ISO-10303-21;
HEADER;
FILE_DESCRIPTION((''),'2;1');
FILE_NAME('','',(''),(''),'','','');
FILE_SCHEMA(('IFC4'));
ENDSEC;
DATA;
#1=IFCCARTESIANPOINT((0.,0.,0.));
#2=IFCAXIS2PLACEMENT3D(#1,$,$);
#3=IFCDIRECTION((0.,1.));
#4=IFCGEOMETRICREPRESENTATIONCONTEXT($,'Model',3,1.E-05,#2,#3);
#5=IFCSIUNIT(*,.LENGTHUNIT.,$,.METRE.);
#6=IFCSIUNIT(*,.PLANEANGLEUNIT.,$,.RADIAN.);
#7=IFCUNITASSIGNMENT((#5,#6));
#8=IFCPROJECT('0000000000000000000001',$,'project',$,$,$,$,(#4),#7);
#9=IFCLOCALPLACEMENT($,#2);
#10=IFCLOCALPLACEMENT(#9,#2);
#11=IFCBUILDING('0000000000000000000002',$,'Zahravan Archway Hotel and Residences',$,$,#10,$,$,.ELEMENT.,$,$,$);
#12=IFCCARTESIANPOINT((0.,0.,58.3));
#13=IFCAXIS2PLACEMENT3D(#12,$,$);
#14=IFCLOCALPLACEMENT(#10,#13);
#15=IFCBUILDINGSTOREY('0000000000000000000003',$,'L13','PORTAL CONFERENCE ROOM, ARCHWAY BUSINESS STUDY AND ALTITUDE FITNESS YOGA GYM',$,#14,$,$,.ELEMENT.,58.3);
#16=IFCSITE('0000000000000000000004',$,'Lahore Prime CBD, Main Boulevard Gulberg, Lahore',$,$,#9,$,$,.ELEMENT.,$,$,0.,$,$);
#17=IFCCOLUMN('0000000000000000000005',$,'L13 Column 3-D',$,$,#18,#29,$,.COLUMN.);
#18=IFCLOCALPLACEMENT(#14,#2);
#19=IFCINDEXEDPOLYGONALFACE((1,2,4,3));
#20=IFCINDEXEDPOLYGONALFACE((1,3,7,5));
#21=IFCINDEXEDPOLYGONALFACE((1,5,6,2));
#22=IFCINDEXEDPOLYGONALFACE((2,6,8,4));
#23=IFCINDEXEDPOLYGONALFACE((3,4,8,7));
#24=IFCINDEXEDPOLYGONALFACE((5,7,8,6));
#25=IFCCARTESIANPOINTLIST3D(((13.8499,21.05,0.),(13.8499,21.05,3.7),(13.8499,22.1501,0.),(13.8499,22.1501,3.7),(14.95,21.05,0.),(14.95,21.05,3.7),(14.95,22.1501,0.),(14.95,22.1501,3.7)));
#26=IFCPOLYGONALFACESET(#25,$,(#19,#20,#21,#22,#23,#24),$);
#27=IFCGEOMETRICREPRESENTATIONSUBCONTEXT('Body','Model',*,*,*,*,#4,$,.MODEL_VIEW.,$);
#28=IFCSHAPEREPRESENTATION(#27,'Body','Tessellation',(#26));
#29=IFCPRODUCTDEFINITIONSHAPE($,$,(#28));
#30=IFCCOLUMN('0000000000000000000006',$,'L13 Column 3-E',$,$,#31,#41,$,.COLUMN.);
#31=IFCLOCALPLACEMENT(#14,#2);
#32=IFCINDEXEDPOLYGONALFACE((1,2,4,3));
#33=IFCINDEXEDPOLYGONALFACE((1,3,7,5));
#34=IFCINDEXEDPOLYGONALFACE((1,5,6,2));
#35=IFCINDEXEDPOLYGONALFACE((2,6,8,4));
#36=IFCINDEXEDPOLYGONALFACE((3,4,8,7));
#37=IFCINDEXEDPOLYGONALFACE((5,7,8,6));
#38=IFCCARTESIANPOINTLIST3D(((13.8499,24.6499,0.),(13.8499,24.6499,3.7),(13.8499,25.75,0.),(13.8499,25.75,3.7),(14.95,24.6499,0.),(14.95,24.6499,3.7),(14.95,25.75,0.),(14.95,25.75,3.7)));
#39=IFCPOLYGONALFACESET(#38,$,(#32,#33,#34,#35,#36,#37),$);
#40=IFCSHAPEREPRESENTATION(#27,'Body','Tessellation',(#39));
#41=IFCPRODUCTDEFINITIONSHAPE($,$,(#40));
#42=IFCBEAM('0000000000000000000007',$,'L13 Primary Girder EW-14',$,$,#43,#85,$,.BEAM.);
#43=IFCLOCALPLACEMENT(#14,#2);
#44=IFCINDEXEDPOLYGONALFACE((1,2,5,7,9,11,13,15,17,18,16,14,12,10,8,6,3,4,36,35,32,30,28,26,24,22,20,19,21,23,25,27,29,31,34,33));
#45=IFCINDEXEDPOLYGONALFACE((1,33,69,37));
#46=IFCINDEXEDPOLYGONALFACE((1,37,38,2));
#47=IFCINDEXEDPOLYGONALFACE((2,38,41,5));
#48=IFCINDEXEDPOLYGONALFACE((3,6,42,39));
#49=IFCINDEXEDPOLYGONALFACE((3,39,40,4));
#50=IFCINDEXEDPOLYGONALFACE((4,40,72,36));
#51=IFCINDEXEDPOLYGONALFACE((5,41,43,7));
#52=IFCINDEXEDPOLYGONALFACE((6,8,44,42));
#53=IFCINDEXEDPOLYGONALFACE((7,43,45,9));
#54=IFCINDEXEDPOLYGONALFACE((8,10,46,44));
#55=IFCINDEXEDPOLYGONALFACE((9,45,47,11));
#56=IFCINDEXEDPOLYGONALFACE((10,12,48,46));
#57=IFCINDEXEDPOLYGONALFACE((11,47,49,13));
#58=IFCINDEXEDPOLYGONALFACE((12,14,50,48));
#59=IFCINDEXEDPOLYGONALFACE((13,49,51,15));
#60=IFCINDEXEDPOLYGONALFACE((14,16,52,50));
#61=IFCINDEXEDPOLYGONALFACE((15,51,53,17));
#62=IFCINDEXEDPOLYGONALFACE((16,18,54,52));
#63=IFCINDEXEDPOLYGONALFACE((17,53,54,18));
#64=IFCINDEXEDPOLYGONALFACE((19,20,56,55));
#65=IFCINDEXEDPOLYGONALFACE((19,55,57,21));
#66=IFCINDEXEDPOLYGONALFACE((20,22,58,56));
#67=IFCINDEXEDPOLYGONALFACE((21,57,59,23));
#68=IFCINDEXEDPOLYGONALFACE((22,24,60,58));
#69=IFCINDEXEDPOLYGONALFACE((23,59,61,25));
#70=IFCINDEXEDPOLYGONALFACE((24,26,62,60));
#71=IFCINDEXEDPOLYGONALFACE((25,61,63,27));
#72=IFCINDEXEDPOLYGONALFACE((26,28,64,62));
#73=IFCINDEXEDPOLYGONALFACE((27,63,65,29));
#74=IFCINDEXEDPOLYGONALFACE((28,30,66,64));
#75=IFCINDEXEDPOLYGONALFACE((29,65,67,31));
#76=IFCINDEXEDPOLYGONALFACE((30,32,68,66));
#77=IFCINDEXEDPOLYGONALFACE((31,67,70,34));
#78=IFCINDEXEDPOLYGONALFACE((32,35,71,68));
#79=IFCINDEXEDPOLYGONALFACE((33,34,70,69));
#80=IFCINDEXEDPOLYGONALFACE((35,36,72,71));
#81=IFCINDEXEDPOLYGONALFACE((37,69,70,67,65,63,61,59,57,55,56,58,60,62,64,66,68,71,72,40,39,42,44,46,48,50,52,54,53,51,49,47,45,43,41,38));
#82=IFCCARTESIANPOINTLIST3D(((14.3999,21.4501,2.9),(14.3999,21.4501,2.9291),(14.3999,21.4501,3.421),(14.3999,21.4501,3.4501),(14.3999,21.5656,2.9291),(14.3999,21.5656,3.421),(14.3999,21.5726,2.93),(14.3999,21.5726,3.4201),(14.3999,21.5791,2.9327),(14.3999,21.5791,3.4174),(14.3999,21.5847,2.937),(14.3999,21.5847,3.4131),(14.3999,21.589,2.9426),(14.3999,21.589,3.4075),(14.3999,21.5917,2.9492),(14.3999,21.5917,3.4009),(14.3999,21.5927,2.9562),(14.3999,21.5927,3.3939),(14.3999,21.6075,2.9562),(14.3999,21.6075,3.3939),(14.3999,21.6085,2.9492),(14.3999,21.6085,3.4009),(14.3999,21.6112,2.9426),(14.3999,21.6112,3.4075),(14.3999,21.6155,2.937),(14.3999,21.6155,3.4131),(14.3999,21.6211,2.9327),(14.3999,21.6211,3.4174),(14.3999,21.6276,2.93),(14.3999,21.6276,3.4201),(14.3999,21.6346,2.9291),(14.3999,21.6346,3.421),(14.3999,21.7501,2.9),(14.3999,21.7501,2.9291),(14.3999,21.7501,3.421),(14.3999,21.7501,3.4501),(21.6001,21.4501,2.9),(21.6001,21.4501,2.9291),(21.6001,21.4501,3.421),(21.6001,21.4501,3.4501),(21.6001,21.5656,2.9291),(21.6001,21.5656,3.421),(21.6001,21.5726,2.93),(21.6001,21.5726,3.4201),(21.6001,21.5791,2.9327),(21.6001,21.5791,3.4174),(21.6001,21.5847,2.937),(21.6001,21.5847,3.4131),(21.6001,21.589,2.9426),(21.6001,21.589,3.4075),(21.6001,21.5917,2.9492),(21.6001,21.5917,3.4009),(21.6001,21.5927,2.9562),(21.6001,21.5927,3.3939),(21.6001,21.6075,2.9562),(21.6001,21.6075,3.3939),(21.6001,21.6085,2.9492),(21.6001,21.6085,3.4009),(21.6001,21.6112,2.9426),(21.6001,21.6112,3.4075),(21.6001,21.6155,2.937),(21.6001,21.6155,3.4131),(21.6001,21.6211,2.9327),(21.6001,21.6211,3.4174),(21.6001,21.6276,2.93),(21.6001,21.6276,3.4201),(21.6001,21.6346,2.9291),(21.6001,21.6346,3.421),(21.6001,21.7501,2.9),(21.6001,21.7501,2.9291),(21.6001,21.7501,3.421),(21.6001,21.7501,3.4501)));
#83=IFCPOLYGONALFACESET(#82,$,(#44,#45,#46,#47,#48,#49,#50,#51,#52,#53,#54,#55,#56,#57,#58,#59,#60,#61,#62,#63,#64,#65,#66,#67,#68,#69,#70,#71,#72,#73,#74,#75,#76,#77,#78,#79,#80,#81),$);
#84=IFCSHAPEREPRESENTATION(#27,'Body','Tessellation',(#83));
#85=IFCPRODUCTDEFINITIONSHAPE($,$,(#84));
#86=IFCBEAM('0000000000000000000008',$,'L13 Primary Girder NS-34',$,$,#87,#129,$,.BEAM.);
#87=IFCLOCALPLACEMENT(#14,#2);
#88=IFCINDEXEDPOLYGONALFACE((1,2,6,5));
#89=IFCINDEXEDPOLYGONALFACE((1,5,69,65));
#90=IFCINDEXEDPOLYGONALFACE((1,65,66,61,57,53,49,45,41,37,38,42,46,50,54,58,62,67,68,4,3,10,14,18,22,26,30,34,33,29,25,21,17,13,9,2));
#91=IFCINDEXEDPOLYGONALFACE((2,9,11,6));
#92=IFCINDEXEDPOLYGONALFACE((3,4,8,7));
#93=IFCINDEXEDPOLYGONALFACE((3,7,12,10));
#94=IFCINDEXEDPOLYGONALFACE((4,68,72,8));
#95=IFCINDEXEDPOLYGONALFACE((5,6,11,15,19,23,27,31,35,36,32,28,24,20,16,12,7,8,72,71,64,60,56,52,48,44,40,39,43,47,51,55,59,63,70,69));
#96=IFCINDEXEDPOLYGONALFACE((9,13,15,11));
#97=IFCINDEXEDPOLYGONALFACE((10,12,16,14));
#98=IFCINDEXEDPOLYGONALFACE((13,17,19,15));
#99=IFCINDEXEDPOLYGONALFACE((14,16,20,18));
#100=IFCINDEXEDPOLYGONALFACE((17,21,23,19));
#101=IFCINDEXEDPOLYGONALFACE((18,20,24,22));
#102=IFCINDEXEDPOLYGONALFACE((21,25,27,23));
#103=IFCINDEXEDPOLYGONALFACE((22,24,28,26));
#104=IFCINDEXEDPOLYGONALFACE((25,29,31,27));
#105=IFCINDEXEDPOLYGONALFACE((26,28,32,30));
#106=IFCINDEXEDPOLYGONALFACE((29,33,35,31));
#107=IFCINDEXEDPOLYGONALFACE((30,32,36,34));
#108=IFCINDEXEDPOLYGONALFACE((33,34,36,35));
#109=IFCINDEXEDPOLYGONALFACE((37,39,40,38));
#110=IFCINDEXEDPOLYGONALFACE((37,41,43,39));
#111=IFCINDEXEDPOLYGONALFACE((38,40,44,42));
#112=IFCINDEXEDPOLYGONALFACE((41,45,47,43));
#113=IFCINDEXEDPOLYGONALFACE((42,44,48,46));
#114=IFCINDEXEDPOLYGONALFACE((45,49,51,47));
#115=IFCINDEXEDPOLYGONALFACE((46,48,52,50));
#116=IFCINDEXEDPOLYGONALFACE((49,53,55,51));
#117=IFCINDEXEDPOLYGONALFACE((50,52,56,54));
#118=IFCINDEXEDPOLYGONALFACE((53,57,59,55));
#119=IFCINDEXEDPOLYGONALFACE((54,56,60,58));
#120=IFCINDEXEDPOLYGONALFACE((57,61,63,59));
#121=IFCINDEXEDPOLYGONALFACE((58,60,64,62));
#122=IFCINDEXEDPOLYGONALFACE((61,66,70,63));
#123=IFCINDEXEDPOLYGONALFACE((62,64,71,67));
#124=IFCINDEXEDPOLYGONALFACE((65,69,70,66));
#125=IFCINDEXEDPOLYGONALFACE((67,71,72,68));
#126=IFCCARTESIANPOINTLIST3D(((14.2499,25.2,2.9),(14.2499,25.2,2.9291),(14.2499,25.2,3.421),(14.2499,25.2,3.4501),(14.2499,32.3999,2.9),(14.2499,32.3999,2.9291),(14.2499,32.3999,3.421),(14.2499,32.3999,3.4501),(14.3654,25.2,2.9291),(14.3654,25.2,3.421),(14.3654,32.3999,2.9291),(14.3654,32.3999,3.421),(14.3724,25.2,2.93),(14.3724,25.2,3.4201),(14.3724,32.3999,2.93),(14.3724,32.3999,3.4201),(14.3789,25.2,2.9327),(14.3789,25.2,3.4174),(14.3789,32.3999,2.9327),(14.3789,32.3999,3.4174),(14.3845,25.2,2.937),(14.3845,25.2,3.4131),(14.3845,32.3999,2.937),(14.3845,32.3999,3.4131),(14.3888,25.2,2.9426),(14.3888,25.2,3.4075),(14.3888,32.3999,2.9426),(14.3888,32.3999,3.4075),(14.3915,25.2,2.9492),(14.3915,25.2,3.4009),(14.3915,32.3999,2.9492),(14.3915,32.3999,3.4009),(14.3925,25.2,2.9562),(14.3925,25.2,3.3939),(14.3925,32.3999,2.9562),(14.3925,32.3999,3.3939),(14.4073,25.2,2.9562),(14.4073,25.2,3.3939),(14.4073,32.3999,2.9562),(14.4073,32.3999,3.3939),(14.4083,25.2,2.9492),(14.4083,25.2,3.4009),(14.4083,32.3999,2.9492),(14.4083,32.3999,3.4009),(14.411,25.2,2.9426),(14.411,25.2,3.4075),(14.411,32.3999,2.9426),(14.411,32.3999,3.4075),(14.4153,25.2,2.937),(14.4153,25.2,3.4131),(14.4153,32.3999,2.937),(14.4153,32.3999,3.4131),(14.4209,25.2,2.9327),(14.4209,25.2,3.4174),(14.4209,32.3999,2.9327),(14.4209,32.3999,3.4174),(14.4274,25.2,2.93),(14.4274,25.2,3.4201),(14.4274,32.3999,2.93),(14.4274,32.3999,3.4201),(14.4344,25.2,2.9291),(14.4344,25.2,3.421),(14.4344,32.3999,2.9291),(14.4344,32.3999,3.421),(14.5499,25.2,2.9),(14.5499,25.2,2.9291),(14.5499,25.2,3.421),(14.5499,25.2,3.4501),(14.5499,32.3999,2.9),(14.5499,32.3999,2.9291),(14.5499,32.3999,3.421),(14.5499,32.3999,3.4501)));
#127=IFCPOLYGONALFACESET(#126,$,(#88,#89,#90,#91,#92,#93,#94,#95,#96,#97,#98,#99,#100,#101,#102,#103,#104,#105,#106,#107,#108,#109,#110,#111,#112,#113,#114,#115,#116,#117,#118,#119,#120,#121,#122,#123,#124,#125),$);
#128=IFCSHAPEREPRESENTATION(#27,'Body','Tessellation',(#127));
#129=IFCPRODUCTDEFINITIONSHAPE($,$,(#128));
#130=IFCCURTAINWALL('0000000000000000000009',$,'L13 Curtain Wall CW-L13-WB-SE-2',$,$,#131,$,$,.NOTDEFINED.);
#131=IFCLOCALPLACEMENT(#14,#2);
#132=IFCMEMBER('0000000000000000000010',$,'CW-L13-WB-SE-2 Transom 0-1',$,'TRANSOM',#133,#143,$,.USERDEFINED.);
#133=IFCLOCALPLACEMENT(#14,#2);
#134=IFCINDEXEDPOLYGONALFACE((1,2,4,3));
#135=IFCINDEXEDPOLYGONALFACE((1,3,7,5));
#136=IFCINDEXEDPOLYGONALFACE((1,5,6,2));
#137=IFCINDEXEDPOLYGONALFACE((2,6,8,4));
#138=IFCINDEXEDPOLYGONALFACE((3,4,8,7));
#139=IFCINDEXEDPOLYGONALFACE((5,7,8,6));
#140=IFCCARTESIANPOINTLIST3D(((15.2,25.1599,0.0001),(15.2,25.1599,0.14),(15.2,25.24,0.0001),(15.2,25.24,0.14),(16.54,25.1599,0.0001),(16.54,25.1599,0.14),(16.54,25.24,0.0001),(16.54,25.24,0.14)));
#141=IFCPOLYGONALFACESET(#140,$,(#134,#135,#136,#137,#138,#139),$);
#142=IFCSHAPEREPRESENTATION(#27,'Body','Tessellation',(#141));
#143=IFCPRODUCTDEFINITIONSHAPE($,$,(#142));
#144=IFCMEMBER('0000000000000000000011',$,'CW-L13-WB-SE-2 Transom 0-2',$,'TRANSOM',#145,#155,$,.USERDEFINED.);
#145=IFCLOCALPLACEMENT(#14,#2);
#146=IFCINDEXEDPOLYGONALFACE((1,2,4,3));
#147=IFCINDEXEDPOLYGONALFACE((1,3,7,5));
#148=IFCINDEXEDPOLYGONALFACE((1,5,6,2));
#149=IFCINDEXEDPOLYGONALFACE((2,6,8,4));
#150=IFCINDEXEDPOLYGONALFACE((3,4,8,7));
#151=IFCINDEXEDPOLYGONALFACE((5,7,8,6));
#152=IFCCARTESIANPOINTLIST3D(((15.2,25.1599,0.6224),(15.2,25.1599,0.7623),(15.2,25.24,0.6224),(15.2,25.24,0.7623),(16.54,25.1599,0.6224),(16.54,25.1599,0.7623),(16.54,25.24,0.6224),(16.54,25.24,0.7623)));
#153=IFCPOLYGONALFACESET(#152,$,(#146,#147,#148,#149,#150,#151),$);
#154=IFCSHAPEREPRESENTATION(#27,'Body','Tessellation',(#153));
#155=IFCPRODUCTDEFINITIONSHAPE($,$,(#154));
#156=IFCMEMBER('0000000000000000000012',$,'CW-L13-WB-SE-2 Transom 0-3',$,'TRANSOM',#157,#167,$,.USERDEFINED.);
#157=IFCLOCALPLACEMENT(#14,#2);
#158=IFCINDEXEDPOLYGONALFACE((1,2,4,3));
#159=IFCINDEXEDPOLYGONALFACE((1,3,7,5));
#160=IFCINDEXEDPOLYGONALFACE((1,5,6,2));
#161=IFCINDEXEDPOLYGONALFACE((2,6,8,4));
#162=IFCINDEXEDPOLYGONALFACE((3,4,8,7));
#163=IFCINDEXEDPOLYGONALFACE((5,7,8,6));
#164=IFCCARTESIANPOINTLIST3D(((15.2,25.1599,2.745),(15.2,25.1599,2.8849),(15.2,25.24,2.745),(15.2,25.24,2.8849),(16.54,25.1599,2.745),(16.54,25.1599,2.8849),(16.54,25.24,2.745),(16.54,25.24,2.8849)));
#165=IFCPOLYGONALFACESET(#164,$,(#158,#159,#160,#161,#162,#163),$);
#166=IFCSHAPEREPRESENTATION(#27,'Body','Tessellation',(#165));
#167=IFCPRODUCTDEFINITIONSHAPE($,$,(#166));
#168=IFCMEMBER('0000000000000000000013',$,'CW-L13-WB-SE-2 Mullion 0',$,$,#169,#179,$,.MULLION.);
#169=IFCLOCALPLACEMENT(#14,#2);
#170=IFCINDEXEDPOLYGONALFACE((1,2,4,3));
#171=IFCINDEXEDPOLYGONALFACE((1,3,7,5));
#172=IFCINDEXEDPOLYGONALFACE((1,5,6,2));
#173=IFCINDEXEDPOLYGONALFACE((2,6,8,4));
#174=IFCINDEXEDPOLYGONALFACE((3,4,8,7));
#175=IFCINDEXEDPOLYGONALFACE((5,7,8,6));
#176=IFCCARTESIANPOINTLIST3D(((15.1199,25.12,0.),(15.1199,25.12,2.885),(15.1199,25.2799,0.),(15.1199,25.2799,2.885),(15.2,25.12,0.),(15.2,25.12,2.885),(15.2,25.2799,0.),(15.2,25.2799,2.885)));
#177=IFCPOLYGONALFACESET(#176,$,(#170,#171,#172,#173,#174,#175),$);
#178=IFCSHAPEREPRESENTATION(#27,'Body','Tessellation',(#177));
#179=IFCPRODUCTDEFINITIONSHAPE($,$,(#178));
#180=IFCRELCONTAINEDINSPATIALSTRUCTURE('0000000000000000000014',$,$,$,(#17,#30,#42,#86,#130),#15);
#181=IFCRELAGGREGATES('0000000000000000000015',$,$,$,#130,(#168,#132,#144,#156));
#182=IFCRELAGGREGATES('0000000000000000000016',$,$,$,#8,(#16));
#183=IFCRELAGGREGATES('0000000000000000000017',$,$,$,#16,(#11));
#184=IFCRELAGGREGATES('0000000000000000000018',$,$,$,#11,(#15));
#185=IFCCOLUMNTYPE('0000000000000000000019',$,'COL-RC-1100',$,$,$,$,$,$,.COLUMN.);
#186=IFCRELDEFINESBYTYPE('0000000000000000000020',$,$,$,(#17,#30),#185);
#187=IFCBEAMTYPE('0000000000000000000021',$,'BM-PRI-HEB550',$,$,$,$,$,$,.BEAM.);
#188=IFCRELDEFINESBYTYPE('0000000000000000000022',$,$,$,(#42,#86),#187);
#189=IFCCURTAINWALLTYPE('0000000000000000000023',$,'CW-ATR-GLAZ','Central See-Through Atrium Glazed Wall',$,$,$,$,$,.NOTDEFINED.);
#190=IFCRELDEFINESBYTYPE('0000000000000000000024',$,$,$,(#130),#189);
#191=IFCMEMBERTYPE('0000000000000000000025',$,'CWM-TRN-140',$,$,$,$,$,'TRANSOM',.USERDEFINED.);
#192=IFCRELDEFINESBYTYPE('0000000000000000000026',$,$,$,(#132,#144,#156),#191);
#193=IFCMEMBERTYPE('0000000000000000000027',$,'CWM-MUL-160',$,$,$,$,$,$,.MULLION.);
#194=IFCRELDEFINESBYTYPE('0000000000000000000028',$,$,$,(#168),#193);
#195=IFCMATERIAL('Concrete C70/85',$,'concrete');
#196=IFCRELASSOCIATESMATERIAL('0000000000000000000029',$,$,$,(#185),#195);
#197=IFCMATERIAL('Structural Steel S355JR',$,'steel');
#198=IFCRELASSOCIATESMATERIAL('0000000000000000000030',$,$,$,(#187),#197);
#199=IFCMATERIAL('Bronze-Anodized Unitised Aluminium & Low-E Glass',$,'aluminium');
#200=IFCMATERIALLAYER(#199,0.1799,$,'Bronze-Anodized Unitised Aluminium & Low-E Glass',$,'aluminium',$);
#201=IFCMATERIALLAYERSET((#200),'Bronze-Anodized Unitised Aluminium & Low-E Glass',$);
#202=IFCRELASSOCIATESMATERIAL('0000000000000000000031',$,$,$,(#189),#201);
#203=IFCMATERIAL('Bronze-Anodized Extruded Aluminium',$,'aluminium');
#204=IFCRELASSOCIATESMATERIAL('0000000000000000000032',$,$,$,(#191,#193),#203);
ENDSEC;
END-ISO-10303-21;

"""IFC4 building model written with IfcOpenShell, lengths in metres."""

from ifc_helpers import new_model, si_unit, direction, frame, origin, origin_2d, place, context, subcontext, project, spatial, rectangle, i_section, extrude, source, transform, mapped, material, layer, layer_set, material_profile, profile_set, type_object, type_shapes, element, aggregate, save


model = new_model("IFC4")

# Units and contexts
model_context = context("Model", 3, precision=1e-05, world=origin(), true_north=direction((0.0, 1.0)))
body_context = subcontext(model_context, "Body", "Model", "MODEL_VIEW")
ifc_project = project(units=[si_unit("LENGTHUNIT", "METRE"), si_unit("PLANEANGLEUNIT", "RADIAN")], contexts=[model_context])

# Site, building, storey
site_placement = place(None, origin())
site = spatial("IfcSite", under=ifc_project, at=site_placement, Name="Lahore Prime CBD, Main Boulevard Gulberg, Lahore", CompositionType="ELEMENT", RefElevation=0.0)
building_placement = place(site_placement, origin())
building = spatial("IfcBuilding", under=site, at=building_placement, Name="Zahravan Archway Hotel and Residences", CompositionType="ELEMENT")
storey_placement = place(building_placement, frame((0.0, 0.0, 58.3)))
storey = spatial("IfcBuildingStorey", under=building, at=storey_placement, Name="L13", Description="PORTAL CONFERENCE ROOM, ARCHWAY BUSINESS STUDY AND ALTITUDE FITNESS YOGA GYM", CompositionType="ELEMENT", Elevation=58.3)

# Columns
ifc_material_1 = material(Name="Concrete C70/85", Category="concrete")
ifc_material_profile_1 = material_profile(ifc_material_1, rectangle(XDim=1.1001, YDim=1.1001, at=origin_2d()), Name="RC 1100x1100", Category="concrete")
ifc_profile_set_1 = profile_set([ifc_material_profile_1], Name="Concrete C70/85")
column_type = type_object("IfcColumnType", Name="COL-RC-1100", PredefinedType="COLUMN", material=ifc_profile_set_1)
shared_shape_1 = source(origin(), body_context, "Body", "SweptSolid", [
    extrude(rectangle(XDim=1.1001, YDim=1.1001, at=origin_2d()), origin(), (0.0, 0.0, 1.0), 3.7),
])
for number, where, z_axis, x_axis, name in (
    (1, (14.3999, 21.6001, 0.0), (0.0, 0.0, 1.0), (1.0, 0.0, 0.0), "L13 Column 3-D"),
    (2, (14.3999, 25.2, 0.0), (0.0, 0.0, 1.0), (1.0, 0.0, 0.0), "L13 Column 3-E"),
):
    element("IfcColumn", number, at=place(storey_placement, frame(where, z_axis=z_axis, x_axis=x_axis)), inside=storey, type_object=column_type, Name=name, PredefinedType="COLUMN", context=body_context, shape_type="MappedRepresentation", body=[
        mapped(shared_shape_1, transform((0.0, 0.0, 0.0), scale=1.0)),
    ])

# Beams
ifc_material_2 = material(Name="Structural Steel S355JR", Category="steel")
ifc_material_profile_2 = material_profile(ifc_material_2, i_section(OverallWidth=0.3, OverallDepth=0.55, WebThickness=0.0149, FlangeThickness=0.0291, FilletRadius=0.0271, at=origin_2d()), Name="HEB 550", Category="steel")
ifc_profile_set_2 = profile_set([ifc_material_profile_2], Name="Structural Steel S355JR")
beam_type = type_object("IfcBeamType", Name="BM-PRI-HEB550", PredefinedType="BEAM", material=ifc_profile_set_2)
shared_shape_2 = source(origin(), body_context, "Body", "SweptSolid", [
    extrude(i_section(OverallWidth=0.3, OverallDepth=0.55, WebThickness=0.0149, FlangeThickness=0.0291, FilletRadius=0.0271, at=origin_2d()), origin(), (0.0, 0.0, 1.0), 7.2002),
])
type_shapes(beam_type, [shared_shape_2])
beam_1_placement = place(storey_placement, frame((14.3999, 21.6001, 3.175), z_axis=(1.0, 0.0, 0.0), x_axis=(0.0, 1.0, 0.0)))
element("IfcBeam", 3, at=beam_1_placement, inside=storey, type_object=beam_type, Name="L13 Primary Girder EW-14", PredefinedType="BEAM", context=body_context, shape_type="MappedRepresentation", body=[
    mapped(shared_shape_2, transform((0.0, 0.0, 0.0), scale=1.0)),
])
shared_shape_3 = source(origin(), body_context, "Body", "SweptSolid", [
    extrude(i_section(OverallWidth=0.3, OverallDepth=0.55, WebThickness=0.0149, FlangeThickness=0.0291, FilletRadius=0.0271, at=origin_2d()), origin(), (0.0, 0.0, 1.0), 7.2),
])
beam_2_placement = place(storey_placement, frame((14.3999, 25.2, 3.175), z_axis=(0.0, 1.0, 0.0), x_axis=(-1.0, 0.0, 0.0)))
element("IfcBeam", 4, at=beam_2_placement, inside=storey, type_object=beam_type, Name="L13 Primary Girder NS-34", PredefinedType="BEAM", context=body_context, shape_type="MappedRepresentation", body=[
    mapped(shared_shape_3, transform((0.0, 0.0, 0.0), scale=1.0)),
])

# Curtain wall, members
ifc_material_3 = material(Name="Bronze-Anodized Unitised Aluminium & Low-E Glass", Category="aluminium")
ifc_layer_1 = layer(ifc_material_3, 0.1799, Name="Bronze-Anodized Unitised Aluminium & Low-E Glass", Category="aluminium")
ifc_layer_set_1 = layer_set([ifc_layer_1], Name="Bronze-Anodized Unitised Aluminium & Low-E Glass")
curtain_wall_type = type_object("IfcCurtainWallType", Name="CW-ATR-GLAZ", Description="Central See-Through Atrium Glazed Wall", PredefinedType="NOTDEFINED", material=ifc_layer_set_1)
curtain_wall_placement = place(storey_placement, origin())
curtain_wall = element("IfcCurtainWall", 5, at=curtain_wall_placement, inside=storey, type_object=curtain_wall_type, Name="L13 Curtain Wall CW-L13-WB-SE-2", PredefinedType="NOTDEFINED")
ifc_material_4 = material(Name="Bronze-Anodized Extruded Aluminium", Category="aluminium")
ifc_material_profile_3 = material_profile(ifc_material_4, rectangle(XDim=0.0801, YDim=0.1399, at=origin_2d()), Name="TRN 80x140", Category="aluminium")
ifc_profile_set_3 = profile_set([ifc_material_profile_3], Name="Bronze-Anodized Extruded Aluminium")
member_type_1 = type_object("IfcMemberType", Name="CWM-TRN-140", ElementType="TRANSOM", PredefinedType="USERDEFINED", material=ifc_profile_set_3)
shared_shape_4 = source(origin(), body_context, "Body", "SweptSolid", [
    extrude(rectangle(XDim=0.0801, YDim=0.1399, at=origin_2d()), origin(), (0.0, 0.0, 1.0), 1.3401),
])
member_1_placement = place(storey_placement, frame((15.2, 25.2, 0.0701), z_axis=(1.0, 0.0, 0.0), x_axis=(0.0, 1.0, 0.0)))
member_1 = element("IfcMember", 6, at=member_1_placement, type_object=member_type_1, Name="CW-L13-WB-SE-2 Transom 0-1", ObjectType="TRANSOM", PredefinedType="USERDEFINED", context=body_context, shape_type="MappedRepresentation", body=[
    mapped(shared_shape_4, transform((0.0, 0.0, 0.0), scale=1.0)),
])
member_2_placement = place(storey_placement, frame((15.2, 25.2, 0.6924), z_axis=(1.0, 0.0, 0.0), x_axis=(0.0, 1.0, 0.0)))
member_2 = element("IfcMember", 7, at=member_2_placement, type_object=member_type_1, Name="CW-L13-WB-SE-2 Transom 0-2", ObjectType="TRANSOM", PredefinedType="USERDEFINED", context=body_context, shape_type="MappedRepresentation", body=[
    mapped(shared_shape_4, transform((0.0, 0.0, 0.0), scale=1.0)),
])
member_3_placement = place(storey_placement, frame((15.2, 25.2, 2.8149), z_axis=(1.0, 0.0, 0.0), x_axis=(0.0, 1.0, 0.0)))
member_3 = element("IfcMember", 8, at=member_3_placement, type_object=member_type_1, Name="CW-L13-WB-SE-2 Transom 0-3", ObjectType="TRANSOM", PredefinedType="USERDEFINED", context=body_context, shape_type="MappedRepresentation", body=[
    mapped(shared_shape_4, transform((0.0, 0.0, 0.0), scale=1.0)),
])
ifc_material_profile_4 = material_profile(ifc_material_4, rectangle(XDim=0.0801, YDim=0.1599, at=origin_2d()), Name="MUL 80x160", Category="aluminium")
ifc_profile_set_4 = profile_set([ifc_material_profile_4], Name="Bronze-Anodized Extruded Aluminium")
member_type_2 = type_object("IfcMemberType", Name="CWM-MUL-160", PredefinedType="MULLION", material=ifc_profile_set_4)
shared_shape_5 = source(origin(), body_context, "Body", "SweptSolid", [
    extrude(rectangle(XDim=0.0801, YDim=0.1599, at=origin_2d()), origin(), (0.0, 0.0, 1.0), 2.885),
])
member_4_placement = place(storey_placement, frame((15.1599, 25.2, 0.0), z_axis=(0.0, 0.0, 1.0), x_axis=(1.0, 0.0, 0.0)))
member_4 = element("IfcMember", 9, at=member_4_placement, type_object=member_type_2, Name="CW-L13-WB-SE-2 Mullion 0", PredefinedType="MULLION", context=body_context, shape_type="MappedRepresentation", body=[
    mapped(shared_shape_5, transform((0.0, 0.0, 0.0), scale=1.0)),
])
aggregate(curtain_wall, [member_4, member_1, member_2, member_3])

save(model, "model.ifc")
